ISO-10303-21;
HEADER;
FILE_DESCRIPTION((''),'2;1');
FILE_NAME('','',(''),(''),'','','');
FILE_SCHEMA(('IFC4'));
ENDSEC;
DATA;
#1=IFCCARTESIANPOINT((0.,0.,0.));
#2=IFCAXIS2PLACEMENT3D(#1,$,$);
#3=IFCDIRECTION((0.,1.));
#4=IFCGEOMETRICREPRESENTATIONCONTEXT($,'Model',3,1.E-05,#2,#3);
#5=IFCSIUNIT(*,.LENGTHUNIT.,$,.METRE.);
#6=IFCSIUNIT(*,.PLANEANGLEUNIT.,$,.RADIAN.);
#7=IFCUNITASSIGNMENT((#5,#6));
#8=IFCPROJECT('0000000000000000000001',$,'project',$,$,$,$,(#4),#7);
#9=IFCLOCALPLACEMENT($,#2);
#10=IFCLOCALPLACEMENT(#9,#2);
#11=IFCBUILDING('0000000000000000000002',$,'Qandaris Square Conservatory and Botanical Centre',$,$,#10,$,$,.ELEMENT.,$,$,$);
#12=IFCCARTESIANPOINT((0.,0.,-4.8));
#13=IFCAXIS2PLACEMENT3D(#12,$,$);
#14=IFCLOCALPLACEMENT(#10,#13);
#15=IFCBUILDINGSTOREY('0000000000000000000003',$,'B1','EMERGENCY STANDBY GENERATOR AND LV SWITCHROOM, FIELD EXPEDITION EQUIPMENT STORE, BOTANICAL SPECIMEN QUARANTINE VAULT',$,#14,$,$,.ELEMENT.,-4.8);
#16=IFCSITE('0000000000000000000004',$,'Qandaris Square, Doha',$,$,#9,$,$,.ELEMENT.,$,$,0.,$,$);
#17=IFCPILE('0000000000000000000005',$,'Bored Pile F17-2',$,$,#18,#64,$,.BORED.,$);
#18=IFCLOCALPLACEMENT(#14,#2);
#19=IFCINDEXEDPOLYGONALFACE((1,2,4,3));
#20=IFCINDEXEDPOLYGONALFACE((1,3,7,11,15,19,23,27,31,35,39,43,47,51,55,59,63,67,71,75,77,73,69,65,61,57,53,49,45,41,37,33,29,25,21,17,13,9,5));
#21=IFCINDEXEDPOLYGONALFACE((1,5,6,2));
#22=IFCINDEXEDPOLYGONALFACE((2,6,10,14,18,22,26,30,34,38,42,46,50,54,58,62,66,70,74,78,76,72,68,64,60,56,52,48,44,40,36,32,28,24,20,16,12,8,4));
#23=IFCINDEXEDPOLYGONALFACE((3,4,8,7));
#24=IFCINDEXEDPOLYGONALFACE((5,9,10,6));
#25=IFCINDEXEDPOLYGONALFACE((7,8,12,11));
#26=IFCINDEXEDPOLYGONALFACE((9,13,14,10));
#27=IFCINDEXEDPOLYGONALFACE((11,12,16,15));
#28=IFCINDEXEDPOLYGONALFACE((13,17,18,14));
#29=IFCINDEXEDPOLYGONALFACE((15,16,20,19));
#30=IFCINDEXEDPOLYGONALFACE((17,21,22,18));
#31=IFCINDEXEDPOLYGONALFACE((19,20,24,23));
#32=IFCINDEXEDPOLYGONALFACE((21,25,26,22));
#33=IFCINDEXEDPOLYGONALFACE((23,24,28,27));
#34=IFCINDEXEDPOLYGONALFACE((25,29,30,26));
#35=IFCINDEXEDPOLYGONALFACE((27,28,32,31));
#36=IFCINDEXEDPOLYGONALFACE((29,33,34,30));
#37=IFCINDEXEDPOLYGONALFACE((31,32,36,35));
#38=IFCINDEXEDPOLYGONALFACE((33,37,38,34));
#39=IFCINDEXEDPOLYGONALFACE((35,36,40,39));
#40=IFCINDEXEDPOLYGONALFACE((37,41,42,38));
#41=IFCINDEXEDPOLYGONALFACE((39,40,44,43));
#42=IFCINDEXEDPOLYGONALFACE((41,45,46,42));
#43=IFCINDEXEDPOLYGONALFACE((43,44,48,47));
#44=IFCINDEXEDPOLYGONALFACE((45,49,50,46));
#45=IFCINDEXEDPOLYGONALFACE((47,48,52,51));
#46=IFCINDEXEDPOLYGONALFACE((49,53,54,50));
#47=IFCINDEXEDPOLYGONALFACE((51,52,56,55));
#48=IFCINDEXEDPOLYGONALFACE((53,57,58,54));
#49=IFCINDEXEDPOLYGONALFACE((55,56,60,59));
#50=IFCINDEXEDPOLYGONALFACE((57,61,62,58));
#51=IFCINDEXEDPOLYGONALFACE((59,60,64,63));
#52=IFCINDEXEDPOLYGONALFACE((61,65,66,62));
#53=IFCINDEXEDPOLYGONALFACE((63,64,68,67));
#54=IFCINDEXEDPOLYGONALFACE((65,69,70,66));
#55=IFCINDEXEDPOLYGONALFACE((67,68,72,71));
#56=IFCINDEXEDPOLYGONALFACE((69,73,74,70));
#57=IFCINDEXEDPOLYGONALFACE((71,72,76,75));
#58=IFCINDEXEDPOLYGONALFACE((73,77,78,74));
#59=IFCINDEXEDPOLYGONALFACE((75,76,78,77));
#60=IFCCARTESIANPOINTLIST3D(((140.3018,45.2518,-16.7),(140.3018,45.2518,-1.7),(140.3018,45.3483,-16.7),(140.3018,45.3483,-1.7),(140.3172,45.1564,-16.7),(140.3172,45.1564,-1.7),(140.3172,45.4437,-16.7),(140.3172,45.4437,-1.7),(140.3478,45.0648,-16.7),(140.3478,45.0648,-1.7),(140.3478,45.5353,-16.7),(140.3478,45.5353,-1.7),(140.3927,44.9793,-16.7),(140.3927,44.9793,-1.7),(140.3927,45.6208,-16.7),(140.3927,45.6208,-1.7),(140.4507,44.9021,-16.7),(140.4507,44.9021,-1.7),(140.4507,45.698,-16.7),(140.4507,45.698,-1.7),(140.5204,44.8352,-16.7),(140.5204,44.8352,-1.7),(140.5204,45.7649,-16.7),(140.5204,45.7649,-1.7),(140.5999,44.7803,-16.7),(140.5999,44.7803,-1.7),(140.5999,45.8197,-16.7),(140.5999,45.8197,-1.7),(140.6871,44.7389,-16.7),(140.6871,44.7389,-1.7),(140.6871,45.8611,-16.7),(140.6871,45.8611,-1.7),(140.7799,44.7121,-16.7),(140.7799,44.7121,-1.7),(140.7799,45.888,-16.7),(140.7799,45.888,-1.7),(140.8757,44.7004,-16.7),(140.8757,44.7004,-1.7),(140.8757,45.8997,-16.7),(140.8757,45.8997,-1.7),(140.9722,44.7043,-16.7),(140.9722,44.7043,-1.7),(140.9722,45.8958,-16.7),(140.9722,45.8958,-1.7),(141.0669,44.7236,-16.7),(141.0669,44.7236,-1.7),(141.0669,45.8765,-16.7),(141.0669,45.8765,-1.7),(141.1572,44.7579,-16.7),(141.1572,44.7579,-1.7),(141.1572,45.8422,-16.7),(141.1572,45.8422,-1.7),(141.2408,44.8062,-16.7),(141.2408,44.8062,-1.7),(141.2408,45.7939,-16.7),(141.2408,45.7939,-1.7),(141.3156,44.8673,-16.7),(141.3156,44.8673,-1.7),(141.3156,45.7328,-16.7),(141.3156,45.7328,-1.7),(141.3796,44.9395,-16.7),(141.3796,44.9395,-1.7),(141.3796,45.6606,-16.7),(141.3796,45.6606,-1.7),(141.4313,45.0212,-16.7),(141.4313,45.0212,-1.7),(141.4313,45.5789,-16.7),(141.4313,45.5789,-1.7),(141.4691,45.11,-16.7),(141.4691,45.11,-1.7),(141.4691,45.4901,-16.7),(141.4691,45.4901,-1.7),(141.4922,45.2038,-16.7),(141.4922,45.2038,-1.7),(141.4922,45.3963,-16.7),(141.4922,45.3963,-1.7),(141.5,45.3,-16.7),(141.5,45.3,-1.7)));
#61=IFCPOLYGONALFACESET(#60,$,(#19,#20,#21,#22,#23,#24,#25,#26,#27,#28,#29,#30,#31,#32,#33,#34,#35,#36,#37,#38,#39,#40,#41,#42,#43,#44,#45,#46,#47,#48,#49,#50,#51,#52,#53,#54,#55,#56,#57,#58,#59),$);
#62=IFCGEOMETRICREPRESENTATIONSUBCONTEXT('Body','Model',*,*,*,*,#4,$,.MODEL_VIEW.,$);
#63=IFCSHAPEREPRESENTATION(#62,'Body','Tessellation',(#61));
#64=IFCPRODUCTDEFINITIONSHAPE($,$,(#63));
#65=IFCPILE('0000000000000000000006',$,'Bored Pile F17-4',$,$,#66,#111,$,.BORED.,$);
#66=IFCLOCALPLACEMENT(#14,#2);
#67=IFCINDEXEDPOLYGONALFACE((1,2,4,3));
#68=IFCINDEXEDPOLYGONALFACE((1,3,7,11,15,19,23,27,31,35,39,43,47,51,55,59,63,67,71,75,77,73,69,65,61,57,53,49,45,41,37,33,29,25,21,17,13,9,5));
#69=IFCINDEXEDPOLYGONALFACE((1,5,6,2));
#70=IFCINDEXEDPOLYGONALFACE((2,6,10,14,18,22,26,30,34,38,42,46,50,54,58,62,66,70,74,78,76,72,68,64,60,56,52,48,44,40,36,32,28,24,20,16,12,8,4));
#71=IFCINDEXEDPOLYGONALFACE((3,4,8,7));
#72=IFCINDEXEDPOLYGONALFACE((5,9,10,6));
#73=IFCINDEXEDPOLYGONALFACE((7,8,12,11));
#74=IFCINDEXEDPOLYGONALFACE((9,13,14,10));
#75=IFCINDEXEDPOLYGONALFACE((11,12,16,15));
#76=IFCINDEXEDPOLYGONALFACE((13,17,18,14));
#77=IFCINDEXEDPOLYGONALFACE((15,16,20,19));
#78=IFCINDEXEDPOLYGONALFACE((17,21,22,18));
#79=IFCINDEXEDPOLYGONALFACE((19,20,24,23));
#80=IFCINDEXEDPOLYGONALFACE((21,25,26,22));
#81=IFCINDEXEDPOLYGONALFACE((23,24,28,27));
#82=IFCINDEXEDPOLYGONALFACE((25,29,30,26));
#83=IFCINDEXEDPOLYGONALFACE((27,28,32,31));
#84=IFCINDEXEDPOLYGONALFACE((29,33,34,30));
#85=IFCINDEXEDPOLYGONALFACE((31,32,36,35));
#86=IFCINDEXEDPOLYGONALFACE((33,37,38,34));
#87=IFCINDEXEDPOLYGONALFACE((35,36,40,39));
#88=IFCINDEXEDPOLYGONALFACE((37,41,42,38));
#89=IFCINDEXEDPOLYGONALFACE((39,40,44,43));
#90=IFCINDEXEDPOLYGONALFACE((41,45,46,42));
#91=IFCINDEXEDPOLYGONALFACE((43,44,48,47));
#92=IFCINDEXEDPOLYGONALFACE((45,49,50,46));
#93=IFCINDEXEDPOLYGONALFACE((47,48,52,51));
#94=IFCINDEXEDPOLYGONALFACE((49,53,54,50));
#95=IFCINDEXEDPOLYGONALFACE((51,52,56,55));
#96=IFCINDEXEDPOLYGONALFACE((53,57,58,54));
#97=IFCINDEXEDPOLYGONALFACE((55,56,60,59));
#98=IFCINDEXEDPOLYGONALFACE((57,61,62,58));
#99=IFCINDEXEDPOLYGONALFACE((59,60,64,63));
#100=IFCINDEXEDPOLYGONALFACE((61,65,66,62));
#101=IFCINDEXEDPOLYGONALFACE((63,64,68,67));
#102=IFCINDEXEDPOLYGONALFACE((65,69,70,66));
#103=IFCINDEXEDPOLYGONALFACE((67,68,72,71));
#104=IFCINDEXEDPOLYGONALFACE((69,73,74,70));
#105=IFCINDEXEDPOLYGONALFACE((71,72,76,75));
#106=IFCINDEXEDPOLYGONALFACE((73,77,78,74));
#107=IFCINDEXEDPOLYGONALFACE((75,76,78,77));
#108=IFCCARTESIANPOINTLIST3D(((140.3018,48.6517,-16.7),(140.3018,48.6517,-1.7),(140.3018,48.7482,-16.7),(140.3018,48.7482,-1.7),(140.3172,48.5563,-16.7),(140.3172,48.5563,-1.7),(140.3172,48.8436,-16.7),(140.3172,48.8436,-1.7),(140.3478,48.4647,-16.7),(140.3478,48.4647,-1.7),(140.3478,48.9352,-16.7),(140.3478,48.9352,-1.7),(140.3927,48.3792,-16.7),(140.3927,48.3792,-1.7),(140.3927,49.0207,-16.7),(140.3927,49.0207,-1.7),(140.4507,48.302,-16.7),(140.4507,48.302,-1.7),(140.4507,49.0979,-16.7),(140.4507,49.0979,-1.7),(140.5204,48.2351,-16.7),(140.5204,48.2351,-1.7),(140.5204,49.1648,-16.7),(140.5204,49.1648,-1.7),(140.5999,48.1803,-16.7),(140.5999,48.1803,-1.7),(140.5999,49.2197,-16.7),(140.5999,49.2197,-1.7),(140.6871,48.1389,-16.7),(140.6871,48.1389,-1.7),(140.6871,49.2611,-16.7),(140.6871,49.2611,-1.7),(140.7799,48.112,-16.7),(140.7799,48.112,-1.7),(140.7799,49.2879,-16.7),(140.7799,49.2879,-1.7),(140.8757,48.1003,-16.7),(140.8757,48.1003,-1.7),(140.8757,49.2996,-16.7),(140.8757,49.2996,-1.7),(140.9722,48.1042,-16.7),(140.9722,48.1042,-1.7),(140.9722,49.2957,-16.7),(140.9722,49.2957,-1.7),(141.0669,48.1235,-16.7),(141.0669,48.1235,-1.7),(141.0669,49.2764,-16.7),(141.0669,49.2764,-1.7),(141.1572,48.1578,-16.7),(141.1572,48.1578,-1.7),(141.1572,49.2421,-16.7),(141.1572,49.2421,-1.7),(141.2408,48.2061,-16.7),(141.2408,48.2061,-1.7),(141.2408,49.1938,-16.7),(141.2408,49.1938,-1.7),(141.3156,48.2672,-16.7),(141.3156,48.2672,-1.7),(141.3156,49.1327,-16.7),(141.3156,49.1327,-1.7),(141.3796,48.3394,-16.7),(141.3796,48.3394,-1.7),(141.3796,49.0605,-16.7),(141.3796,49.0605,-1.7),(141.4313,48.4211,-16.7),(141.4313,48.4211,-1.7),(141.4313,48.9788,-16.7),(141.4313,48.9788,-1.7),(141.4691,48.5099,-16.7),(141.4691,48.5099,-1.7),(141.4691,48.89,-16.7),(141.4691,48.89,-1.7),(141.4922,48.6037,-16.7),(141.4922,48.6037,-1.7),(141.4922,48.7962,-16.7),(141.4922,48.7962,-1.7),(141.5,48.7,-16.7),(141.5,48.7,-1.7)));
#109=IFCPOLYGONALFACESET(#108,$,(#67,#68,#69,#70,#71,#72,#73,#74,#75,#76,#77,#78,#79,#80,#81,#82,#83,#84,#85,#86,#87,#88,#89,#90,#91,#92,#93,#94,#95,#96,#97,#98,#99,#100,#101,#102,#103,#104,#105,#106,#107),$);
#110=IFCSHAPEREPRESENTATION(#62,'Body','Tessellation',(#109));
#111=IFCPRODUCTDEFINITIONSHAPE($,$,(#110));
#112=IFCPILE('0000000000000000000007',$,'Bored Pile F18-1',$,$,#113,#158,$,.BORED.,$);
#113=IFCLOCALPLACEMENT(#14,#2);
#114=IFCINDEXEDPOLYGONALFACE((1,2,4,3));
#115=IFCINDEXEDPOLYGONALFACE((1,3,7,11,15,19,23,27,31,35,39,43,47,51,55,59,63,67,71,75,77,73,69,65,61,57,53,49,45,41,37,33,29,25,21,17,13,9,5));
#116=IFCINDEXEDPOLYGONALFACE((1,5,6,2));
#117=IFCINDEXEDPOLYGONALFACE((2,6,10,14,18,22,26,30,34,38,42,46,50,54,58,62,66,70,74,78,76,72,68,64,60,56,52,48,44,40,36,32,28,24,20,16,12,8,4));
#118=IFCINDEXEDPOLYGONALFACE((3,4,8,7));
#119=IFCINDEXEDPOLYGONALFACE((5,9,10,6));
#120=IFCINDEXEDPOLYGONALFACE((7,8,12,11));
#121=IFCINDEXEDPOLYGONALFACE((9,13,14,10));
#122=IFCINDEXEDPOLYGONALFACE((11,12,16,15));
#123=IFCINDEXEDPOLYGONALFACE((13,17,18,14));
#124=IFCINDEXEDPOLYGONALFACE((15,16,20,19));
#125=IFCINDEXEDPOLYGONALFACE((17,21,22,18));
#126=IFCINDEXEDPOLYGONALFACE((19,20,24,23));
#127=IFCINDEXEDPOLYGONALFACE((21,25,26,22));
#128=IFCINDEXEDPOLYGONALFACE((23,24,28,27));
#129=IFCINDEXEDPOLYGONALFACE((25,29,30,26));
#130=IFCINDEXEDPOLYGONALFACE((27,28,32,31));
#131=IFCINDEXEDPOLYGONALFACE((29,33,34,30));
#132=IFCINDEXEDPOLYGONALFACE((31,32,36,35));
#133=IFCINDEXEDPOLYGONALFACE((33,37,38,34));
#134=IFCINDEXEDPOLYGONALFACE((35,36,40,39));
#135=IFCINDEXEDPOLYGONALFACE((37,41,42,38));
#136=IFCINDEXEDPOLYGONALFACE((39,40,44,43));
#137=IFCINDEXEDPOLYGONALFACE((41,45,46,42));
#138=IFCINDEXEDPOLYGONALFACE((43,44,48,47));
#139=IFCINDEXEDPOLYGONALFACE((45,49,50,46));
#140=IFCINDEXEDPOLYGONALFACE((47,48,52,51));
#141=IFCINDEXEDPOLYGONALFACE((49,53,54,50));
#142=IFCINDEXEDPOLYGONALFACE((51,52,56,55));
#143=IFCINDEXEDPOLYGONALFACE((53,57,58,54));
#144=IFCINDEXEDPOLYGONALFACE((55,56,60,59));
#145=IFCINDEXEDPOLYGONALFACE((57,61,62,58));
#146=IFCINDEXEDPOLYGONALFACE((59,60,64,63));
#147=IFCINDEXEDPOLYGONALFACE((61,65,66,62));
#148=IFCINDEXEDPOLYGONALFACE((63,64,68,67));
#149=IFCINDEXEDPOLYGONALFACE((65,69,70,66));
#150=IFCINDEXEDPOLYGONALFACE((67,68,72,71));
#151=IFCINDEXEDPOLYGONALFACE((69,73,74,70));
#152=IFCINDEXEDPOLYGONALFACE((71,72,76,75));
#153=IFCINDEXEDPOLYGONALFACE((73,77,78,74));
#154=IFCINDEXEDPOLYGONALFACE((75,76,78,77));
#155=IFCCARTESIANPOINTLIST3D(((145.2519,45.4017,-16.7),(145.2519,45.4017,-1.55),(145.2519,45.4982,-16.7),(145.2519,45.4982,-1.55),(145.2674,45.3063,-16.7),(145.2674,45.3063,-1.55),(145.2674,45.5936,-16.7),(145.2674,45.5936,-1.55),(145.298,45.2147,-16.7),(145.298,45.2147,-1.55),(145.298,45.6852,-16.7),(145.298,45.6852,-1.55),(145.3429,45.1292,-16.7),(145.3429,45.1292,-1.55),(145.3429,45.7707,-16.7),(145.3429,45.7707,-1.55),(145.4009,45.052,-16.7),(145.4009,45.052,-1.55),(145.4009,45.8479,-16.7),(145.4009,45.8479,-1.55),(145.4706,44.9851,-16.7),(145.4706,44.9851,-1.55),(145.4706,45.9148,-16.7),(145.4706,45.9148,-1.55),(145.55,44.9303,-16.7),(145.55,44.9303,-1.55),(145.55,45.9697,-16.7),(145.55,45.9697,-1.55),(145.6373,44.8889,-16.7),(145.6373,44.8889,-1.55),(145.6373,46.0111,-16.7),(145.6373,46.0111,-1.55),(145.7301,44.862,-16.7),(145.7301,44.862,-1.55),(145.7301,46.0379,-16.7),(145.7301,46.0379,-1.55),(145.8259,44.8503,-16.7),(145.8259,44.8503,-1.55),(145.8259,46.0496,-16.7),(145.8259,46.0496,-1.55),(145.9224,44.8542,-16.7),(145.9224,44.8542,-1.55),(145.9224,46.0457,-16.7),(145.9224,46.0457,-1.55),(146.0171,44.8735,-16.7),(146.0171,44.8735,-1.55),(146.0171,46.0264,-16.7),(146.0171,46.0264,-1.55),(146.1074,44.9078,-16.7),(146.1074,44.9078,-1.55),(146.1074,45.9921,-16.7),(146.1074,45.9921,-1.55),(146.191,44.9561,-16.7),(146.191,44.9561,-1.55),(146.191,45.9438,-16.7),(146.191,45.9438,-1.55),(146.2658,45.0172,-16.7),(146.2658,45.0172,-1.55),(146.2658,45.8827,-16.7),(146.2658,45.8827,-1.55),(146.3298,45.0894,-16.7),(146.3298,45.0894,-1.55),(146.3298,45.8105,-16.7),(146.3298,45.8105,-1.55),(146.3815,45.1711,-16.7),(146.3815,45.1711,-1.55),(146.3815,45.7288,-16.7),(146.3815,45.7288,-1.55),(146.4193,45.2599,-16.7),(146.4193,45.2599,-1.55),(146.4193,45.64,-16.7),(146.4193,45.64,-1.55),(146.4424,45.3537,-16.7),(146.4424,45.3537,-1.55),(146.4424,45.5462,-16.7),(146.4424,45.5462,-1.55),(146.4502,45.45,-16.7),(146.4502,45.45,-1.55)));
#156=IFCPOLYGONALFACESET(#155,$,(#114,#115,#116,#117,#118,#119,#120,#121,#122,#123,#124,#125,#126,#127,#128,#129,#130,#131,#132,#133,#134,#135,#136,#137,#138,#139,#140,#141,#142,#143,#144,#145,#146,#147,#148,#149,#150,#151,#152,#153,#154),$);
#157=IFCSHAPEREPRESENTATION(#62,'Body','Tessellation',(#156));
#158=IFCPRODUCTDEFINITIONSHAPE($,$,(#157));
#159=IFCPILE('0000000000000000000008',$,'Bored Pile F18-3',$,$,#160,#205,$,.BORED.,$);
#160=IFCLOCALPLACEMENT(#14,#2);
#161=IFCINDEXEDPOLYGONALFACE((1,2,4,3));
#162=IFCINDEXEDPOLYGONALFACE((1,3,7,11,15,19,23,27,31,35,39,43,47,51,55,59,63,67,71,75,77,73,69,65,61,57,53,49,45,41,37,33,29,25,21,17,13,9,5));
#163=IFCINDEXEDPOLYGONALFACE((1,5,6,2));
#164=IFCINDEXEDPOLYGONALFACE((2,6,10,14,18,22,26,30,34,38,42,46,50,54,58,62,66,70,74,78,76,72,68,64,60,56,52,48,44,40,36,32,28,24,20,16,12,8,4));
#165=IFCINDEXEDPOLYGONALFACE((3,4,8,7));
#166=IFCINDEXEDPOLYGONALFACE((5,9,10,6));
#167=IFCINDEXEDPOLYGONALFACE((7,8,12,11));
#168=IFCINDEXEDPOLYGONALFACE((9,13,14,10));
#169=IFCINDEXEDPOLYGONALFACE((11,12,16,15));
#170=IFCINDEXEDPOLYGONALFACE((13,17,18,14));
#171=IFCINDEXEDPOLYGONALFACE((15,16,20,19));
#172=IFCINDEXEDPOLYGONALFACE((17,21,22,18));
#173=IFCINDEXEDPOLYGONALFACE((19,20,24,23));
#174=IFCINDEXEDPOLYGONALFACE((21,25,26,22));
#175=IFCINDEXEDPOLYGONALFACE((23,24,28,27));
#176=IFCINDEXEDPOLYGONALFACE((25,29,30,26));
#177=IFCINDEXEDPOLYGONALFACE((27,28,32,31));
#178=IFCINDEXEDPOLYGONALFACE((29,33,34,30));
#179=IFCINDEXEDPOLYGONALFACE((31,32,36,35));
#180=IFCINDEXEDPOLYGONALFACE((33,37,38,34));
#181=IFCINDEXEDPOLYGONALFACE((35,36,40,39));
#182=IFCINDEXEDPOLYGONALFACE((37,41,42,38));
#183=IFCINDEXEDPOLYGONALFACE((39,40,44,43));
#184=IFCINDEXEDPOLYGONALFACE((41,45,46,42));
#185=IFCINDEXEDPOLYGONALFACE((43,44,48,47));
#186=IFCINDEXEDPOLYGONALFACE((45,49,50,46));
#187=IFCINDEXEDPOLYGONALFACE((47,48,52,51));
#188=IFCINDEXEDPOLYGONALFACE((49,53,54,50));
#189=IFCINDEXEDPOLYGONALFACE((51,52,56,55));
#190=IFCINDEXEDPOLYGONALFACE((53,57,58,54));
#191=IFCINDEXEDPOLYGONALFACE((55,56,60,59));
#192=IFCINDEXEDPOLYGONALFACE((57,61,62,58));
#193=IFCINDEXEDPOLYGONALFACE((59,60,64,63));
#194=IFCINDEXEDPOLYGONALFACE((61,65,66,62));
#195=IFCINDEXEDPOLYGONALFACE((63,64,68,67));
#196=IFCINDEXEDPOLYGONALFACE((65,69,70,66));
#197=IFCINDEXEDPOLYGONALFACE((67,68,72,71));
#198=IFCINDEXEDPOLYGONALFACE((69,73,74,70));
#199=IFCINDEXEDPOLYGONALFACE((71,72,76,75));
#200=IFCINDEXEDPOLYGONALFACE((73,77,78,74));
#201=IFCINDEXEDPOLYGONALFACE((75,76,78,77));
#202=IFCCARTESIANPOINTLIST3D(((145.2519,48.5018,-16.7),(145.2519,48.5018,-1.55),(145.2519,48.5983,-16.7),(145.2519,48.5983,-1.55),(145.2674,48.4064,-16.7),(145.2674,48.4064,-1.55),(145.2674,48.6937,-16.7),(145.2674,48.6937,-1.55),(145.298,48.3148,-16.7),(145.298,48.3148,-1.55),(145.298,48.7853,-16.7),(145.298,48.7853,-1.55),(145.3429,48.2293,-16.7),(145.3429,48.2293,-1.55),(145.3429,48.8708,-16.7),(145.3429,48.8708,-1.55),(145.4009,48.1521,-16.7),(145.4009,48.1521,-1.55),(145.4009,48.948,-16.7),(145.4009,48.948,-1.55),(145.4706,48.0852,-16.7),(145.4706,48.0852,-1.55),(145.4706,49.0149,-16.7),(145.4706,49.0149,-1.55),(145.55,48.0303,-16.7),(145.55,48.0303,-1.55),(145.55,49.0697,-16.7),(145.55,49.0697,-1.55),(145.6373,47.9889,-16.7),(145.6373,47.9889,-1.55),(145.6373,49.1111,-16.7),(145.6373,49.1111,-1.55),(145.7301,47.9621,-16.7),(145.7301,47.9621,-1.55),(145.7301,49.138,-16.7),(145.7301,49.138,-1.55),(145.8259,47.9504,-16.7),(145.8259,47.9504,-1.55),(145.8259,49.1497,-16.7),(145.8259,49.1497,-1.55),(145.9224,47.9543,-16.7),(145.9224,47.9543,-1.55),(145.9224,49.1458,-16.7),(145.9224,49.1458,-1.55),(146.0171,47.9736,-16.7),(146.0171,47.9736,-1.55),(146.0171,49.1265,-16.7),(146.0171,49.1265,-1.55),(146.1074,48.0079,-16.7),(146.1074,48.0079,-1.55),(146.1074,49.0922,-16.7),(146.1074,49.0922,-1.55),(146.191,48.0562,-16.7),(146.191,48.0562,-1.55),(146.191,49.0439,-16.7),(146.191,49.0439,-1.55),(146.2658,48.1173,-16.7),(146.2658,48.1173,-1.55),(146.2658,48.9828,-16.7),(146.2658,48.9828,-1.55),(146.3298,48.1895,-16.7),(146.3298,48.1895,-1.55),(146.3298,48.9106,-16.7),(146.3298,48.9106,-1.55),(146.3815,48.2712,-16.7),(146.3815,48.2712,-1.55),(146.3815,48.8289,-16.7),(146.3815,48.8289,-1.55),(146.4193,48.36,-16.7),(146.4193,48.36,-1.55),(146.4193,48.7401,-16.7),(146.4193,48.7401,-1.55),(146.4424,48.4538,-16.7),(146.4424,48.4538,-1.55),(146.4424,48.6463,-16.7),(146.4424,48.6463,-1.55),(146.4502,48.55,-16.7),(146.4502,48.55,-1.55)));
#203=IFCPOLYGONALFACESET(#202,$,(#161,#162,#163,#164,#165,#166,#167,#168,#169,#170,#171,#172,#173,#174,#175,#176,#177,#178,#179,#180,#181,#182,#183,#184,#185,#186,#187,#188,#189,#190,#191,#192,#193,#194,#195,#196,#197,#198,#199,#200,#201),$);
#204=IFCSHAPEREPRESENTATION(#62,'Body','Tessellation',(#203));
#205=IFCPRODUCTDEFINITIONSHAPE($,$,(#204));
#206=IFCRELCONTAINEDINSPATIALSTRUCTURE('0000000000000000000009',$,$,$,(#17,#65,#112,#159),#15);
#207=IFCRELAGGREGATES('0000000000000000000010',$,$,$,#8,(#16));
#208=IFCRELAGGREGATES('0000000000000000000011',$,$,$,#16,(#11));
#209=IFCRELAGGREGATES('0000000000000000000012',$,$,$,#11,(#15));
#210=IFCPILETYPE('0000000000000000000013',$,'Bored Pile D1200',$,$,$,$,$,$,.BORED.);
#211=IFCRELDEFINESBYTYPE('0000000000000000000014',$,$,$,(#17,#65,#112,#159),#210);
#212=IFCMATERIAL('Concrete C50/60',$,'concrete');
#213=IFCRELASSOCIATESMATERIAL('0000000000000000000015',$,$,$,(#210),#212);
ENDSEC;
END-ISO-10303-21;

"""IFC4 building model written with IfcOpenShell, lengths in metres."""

from ifc_helpers import new_model, si_unit, direction, frame, origin, origin_2d, place, context, subcontext, project, spatial, circle, extrude, material, material_profile, profile_set, type_object, element, save


model = new_model("IFC4")

# Units and contexts
model_context = context("Model", 3, precision=1e-05, world=origin(), true_north=direction((0.0, 1.0)))
body_context = subcontext(model_context, "Body", "Model", "MODEL_VIEW")
ifc_project = project(units=[si_unit("LENGTHUNIT", "METRE"), si_unit("PLANEANGLEUNIT", "RADIAN")], contexts=[model_context])

# Site, building, storey
site_placement = place(None, origin())
site = spatial("IfcSite", under=ifc_project, at=site_placement, Name="Qandaris Square, Doha", CompositionType="ELEMENT", RefElevation=0.0)
building_placement = place(site_placement, origin())
building = spatial("IfcBuilding", under=site, at=building_placement, Name="Qandaris Square Conservatory and Botanical Centre", CompositionType="ELEMENT")
storey_placement = place(building_placement, frame((0.0, 0.0, -4.8)))
storey = spatial("IfcBuildingStorey", under=building, at=storey_placement, Name="B1", Description="EMERGENCY STANDBY GENERATOR AND LV SWITCHROOM, FIELD EXPEDITION EQUIPMENT STORE, BOTANICAL SPECIMEN QUARANTINE VAULT", CompositionType="ELEMENT", Elevation=-4.8)

# Piles
ifc_material_1 = material(Name="Concrete C50/60", Category="concrete")
ifc_material_profile_1 = material_profile(ifc_material_1, circle(Radius=0.6001, at=origin_2d()), Name="PILE D1200")
ifc_profile_set_1 = profile_set([ifc_material_profile_1], Name="Concrete C50/60")
pile_type = type_object("IfcPileType", Name="Bored Pile D1200", PredefinedType="BORED", material=ifc_profile_set_1)
for number, where, z_axis, x_axis, name in (
    (1, (140.8999, 45.3, -1.7), (0.0, 0.0, -1.0), (1.0, 0.0, 0.0), "Bored Pile F17-2"),
    (2, (140.8999, 48.7, -1.7), (0.0, 0.0, -1.0), (1.0, 0.0, 0.0), "Bored Pile F17-4"),
):
    element("IfcPile", number, at=place(storey_placement, frame(where, z_axis=z_axis, x_axis=x_axis)), inside=storey, type_object=pile_type, Name=name, PredefinedType="BORED", context=body_context, shape_type="SweptSolid", body=[
        extrude(circle(Radius=0.6001, at=origin_2d()), origin(), (0.0, 0.0, 1.0), 15.0),
    ])
for number, where, z_axis, x_axis, name in (
    (3, (145.8501, 45.45, -1.55), (0.0, 0.0, -1.0), (1.0, 0.0, 0.0), "Bored Pile F18-1"),
    (4, (145.8501, 48.55, -1.55), (0.0, 0.0, -1.0), (1.0, 0.0, 0.0), "Bored Pile F18-3"),
):
    element("IfcPile", number, at=place(storey_placement, frame(where, z_axis=z_axis, x_axis=x_axis)), inside=storey, type_object=pile_type, Name=name, PredefinedType="BORED", context=body_context, shape_type="SweptSolid", body=[
        extrude(circle(Radius=0.6001, at=origin_2d()), origin(), (0.0, 0.0, 1.0), 15.1499),
    ])

save(model, "model.ifc")
